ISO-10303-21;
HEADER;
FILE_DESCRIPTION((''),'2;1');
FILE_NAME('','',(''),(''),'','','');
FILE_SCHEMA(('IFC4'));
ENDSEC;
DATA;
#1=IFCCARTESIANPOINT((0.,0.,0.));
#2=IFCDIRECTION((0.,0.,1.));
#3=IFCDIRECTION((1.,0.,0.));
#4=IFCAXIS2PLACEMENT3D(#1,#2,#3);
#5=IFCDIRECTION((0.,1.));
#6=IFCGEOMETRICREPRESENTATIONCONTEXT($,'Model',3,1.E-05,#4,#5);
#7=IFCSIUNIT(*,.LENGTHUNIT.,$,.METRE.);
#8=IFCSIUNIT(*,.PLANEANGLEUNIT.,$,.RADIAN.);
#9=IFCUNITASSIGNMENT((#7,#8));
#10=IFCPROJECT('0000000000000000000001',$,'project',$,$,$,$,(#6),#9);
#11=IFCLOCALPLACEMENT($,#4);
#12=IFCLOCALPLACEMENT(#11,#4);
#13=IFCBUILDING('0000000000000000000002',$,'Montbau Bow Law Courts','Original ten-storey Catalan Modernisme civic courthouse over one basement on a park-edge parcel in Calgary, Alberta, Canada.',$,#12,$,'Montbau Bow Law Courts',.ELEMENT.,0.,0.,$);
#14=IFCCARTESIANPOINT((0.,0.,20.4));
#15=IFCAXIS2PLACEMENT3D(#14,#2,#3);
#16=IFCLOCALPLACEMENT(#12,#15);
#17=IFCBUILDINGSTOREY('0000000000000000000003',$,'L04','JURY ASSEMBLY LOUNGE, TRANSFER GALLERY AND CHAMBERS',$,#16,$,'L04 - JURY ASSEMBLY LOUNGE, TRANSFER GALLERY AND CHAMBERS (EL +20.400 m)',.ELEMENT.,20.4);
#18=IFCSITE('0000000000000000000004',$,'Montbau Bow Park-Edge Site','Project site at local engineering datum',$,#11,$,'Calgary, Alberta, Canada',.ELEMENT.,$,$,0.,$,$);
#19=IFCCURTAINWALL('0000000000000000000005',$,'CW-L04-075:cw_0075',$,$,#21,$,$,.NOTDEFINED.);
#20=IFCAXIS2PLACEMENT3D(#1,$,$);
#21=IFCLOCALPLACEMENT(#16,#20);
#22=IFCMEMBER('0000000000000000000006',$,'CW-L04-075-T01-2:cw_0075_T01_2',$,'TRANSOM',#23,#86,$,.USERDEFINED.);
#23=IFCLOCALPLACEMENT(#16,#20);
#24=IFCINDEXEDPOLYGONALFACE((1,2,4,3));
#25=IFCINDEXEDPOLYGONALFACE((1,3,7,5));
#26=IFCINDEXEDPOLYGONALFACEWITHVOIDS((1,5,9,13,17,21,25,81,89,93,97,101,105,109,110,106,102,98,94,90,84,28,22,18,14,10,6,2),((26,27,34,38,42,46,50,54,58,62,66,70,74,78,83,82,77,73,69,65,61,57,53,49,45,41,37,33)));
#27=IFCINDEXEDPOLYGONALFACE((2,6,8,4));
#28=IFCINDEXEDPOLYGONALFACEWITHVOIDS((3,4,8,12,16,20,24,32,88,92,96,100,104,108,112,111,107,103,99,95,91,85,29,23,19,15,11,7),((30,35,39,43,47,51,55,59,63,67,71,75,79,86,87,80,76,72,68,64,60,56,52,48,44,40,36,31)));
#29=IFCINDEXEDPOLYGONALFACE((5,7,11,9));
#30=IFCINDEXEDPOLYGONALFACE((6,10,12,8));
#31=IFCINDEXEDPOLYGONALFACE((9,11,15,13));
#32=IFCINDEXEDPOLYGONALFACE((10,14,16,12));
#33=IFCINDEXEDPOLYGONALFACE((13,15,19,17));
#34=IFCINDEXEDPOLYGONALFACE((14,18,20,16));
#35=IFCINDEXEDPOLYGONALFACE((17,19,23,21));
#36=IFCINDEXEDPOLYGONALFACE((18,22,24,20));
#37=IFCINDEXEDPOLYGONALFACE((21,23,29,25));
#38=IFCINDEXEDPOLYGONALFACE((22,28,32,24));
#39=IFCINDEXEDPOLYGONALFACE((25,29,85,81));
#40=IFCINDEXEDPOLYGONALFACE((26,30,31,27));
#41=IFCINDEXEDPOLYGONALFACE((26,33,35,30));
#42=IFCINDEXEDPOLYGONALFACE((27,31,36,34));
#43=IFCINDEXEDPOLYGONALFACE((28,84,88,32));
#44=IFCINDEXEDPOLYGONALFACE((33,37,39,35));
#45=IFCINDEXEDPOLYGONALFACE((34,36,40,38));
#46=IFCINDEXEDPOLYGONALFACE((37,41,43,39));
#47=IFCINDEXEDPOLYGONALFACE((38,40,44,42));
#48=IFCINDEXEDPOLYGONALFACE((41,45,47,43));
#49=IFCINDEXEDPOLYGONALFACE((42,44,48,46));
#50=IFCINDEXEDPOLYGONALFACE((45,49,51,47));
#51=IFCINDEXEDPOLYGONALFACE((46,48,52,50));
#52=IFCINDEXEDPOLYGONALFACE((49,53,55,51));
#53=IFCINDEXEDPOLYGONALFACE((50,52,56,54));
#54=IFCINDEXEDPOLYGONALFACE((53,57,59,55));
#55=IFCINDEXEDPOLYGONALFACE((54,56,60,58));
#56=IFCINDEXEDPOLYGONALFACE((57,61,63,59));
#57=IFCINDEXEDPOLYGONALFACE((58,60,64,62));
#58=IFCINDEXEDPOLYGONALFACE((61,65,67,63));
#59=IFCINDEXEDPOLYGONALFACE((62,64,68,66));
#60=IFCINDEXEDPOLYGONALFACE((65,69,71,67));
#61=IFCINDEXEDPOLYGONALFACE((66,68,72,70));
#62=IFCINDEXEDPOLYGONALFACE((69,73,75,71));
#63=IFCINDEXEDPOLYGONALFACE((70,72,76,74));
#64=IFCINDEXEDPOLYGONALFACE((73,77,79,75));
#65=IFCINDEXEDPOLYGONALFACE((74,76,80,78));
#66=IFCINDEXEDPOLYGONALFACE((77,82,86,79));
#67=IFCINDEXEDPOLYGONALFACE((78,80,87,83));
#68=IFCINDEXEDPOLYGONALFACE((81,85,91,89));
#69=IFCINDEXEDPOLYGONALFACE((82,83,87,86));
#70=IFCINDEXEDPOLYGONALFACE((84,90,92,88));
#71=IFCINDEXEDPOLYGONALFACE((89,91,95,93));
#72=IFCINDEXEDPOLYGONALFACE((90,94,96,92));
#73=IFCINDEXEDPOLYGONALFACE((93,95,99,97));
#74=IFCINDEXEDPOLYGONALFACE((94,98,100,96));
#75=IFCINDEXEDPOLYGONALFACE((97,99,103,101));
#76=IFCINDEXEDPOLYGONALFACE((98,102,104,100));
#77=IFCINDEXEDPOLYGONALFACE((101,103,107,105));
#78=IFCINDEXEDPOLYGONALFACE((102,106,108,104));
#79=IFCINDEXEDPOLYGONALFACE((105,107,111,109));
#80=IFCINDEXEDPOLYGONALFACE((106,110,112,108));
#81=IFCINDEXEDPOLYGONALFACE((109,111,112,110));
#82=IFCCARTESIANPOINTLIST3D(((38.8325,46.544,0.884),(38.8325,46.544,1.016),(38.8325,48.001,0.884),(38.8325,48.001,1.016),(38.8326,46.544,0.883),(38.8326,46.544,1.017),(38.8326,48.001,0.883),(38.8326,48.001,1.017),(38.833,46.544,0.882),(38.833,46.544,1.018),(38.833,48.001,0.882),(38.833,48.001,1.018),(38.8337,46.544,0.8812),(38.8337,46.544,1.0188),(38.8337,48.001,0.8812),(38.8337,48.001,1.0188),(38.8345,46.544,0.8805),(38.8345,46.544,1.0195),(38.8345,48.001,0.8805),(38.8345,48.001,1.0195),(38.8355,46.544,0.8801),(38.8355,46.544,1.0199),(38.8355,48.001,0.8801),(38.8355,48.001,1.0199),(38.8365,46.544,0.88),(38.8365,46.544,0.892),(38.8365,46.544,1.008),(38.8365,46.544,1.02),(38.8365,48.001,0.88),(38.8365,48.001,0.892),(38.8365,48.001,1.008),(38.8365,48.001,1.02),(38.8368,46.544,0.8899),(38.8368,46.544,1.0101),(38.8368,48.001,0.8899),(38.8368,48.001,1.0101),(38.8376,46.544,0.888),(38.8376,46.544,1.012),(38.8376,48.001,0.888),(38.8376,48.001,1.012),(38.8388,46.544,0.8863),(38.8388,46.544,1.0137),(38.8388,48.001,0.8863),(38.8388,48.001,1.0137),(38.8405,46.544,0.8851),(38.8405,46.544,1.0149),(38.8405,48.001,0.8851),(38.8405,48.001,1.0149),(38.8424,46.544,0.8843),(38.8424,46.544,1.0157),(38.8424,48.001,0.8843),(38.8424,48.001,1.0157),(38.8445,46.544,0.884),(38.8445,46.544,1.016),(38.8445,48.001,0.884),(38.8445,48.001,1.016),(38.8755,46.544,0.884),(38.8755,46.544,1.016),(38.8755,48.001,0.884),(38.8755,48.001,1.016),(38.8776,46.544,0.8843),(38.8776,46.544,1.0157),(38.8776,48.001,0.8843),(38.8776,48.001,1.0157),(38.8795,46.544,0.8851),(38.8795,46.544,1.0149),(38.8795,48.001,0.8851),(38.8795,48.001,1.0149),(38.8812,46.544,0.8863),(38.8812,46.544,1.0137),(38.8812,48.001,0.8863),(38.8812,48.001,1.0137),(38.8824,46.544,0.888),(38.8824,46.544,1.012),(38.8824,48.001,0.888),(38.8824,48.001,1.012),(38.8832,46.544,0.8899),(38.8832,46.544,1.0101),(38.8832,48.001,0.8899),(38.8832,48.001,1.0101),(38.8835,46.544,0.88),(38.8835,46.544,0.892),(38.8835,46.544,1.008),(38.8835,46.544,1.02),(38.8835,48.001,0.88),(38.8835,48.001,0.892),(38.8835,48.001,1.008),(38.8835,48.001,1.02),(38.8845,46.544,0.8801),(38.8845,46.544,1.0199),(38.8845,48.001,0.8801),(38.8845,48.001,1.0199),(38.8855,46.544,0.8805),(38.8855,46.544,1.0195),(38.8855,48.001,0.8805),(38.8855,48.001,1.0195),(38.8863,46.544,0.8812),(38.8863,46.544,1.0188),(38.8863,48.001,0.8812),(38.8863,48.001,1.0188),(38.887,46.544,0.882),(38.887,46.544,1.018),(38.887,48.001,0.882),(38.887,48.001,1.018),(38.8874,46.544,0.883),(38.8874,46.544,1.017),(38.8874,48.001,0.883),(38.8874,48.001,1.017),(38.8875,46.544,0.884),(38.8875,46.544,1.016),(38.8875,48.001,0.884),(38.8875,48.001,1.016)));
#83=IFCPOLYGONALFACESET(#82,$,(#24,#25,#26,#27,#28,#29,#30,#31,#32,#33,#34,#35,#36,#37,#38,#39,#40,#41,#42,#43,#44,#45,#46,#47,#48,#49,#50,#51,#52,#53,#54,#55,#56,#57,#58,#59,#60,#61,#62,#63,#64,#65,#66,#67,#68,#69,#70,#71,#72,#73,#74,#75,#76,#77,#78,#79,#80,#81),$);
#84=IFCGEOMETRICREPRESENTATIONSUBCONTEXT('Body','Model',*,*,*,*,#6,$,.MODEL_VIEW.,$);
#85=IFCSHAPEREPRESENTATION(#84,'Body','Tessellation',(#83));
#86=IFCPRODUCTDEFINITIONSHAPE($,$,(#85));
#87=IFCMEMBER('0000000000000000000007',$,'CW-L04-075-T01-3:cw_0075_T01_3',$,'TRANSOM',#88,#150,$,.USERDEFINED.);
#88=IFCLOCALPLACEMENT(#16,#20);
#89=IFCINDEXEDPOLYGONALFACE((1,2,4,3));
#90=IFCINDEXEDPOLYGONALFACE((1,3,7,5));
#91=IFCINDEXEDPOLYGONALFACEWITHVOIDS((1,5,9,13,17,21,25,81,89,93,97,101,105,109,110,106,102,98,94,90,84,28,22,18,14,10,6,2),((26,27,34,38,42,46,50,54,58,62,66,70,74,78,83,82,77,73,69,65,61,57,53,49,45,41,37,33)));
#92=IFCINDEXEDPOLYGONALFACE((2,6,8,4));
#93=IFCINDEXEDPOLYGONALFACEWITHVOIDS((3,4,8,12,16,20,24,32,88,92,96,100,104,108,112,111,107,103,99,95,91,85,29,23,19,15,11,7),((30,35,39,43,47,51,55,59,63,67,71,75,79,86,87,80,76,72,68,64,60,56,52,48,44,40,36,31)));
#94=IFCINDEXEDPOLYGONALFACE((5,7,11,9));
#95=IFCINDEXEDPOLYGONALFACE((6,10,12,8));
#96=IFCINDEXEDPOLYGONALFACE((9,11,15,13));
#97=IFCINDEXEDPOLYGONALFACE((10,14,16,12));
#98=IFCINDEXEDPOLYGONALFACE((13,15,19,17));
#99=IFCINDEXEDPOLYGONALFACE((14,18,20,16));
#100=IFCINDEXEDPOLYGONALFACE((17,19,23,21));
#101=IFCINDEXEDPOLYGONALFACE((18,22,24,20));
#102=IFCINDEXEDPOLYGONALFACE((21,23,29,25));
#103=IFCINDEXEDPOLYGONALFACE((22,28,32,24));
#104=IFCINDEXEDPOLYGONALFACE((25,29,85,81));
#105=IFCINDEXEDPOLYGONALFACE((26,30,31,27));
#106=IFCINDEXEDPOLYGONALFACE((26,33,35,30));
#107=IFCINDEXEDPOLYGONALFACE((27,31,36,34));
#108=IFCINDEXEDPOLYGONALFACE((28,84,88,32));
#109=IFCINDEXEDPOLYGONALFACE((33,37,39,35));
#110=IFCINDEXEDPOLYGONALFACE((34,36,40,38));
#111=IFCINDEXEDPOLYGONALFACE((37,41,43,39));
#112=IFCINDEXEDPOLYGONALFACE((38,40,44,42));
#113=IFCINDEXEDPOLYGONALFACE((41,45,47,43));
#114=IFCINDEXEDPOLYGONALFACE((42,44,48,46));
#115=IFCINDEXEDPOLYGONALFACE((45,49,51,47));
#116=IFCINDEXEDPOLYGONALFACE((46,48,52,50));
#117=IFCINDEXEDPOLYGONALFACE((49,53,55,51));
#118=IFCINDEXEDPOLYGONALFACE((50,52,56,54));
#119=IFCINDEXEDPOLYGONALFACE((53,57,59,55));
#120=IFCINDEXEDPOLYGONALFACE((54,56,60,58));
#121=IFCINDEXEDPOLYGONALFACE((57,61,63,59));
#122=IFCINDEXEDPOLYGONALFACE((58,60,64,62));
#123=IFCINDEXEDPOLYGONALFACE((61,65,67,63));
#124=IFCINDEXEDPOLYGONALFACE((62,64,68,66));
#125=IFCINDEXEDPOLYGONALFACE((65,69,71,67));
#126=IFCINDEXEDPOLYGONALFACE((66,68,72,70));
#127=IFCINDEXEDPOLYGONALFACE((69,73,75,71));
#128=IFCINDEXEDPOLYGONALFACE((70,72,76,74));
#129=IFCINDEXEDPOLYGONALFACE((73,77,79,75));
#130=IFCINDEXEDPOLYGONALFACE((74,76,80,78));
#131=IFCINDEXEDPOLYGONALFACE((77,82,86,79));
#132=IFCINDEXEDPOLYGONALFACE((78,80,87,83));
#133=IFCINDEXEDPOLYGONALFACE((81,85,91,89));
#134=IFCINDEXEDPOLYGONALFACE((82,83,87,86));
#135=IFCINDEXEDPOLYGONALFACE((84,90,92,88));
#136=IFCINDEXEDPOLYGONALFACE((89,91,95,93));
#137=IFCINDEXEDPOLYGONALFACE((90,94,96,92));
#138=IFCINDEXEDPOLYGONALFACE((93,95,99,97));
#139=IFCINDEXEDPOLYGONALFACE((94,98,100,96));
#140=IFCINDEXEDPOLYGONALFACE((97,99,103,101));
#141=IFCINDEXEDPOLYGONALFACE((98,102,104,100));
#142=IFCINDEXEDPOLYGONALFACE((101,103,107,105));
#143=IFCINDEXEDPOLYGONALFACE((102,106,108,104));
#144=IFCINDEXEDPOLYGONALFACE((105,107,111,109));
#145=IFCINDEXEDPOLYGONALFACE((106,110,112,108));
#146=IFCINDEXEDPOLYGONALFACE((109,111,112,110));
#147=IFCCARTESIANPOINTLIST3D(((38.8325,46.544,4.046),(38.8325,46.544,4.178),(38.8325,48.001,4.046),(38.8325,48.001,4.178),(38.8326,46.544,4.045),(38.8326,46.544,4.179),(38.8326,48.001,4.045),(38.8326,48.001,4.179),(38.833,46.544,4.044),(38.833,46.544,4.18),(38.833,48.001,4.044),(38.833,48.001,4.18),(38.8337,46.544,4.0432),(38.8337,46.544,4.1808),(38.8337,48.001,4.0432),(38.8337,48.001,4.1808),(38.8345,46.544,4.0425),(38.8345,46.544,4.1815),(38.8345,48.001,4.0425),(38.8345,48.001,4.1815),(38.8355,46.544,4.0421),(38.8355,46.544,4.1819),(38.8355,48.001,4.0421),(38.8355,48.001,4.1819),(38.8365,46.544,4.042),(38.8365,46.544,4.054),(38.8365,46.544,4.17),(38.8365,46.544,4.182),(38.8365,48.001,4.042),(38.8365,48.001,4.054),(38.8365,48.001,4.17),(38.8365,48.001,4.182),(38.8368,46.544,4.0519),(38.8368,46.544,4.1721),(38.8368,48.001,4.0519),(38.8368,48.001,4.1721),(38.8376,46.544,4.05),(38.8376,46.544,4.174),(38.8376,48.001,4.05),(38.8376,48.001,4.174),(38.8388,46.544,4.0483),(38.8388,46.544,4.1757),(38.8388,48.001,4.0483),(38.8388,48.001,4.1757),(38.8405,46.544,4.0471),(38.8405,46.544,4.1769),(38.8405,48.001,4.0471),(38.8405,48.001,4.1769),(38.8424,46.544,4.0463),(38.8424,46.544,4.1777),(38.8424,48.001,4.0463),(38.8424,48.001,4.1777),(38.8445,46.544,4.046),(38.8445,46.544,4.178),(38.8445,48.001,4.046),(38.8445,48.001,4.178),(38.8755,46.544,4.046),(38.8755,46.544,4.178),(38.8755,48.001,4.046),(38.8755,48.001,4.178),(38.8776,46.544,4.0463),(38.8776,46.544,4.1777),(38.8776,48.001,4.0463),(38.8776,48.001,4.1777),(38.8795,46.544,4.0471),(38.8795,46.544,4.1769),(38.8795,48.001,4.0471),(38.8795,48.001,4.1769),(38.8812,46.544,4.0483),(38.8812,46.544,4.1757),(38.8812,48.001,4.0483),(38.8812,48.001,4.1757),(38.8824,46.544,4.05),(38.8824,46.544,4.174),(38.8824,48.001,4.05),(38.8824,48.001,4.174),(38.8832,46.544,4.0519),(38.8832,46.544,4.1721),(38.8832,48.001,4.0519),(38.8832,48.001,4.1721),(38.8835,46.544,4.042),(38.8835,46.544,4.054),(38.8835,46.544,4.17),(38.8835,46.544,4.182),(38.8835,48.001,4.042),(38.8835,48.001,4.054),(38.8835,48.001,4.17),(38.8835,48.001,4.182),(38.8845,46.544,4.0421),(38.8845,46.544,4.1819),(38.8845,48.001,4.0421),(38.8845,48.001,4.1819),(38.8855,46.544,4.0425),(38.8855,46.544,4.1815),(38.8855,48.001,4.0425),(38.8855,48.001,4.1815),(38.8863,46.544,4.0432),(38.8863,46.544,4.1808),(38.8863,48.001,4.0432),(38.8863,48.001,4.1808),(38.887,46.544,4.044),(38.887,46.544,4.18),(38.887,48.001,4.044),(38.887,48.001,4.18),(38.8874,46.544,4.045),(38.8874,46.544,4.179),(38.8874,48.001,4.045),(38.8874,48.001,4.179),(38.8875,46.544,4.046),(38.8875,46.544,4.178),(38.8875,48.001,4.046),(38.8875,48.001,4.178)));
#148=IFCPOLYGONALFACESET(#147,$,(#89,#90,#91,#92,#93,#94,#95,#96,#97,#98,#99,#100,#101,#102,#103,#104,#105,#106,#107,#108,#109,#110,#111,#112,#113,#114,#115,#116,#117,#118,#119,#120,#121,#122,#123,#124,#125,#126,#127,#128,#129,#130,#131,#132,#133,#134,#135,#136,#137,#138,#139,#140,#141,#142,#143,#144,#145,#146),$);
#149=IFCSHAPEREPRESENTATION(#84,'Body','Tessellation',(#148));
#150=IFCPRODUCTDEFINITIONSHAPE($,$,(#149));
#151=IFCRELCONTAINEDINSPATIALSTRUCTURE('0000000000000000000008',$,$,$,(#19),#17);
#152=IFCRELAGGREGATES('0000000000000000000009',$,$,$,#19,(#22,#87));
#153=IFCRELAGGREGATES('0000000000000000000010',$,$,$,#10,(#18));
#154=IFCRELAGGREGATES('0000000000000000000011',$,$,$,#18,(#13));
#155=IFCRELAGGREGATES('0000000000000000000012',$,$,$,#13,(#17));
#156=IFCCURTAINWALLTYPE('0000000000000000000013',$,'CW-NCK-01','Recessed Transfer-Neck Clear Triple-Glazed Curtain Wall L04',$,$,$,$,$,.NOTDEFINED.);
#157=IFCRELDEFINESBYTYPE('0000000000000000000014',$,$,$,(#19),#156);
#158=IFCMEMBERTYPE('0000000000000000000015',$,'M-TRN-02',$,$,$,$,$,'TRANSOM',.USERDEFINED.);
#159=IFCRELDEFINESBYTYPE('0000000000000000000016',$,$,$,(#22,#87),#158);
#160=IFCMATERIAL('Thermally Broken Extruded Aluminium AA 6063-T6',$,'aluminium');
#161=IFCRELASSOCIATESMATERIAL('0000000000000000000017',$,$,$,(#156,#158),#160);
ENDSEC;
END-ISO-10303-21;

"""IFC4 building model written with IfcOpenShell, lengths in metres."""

from ifc_helpers import new_model, si_unit, direction, frame, origin_with_axes, origin_2d_with_axis, place, context, subcontext, project, spatial, hollow_rectangle, extrude, material, material_profile, profile_set, type_object, element, aggregate, save


model = new_model("IFC4")

# Units and contexts
model_context = context("Model", 3, precision=1e-05, world=origin_with_axes(), true_north=direction((0.0, 1.0)))
body_context = subcontext(model_context, "Body", "Model", "MODEL_VIEW")
ifc_project = project(units=[si_unit("LENGTHUNIT", "METRE"), si_unit("PLANEANGLEUNIT", "RADIAN")], contexts=[model_context])

# Site, building, storey
site_placement = place(None, origin_with_axes())
site = spatial("IfcSite", under=ifc_project, at=site_placement, Name="Montbau Bow Park-Edge Site", Description="Project site at local engineering datum", LongName="Calgary, Alberta, Canada", CompositionType="ELEMENT", RefElevation=0.0)
building_placement = place(site_placement, origin_with_axes())
building = spatial("IfcBuilding", under=site, at=building_placement, Name="Montbau Bow Law Courts", Description="Original ten-storey Catalan Modernisme civic courthouse over one basement on a park-edge parcel in Calgary, Alberta, Canada.", LongName="Montbau Bow Law Courts", CompositionType="ELEMENT", ElevationOfRefHeight=0.0, ElevationOfTerrain=0.0)
storey_placement = place(building_placement, frame((0.0, 0.0, 20.4), z_axis=(0.0, 0.0, 1.0), x_axis=(1.0, 0.0, 0.0)))
storey = spatial("IfcBuildingStorey", under=building, at=storey_placement, Name="L04", Description="JURY ASSEMBLY LOUNGE, TRANSFER GALLERY AND CHAMBERS", LongName="L04 - JURY ASSEMBLY LOUNGE, TRANSFER GALLERY AND CHAMBERS (EL +20.400 m)", CompositionType="ELEMENT", Elevation=20.4)

# Curtain wall
ifc_material_1 = material(Name="Thermally Broken Extruded Aluminium AA 6063-T6", Category="aluminium")
curtain_wall_type = type_object("IfcCurtainWallType", Name="CW-NCK-01", Description="Recessed Transfer-Neck Clear Triple-Glazed Curtain Wall L04", PredefinedType="NOTDEFINED", material=ifc_material_1)
curtain_wall_1_placement = place(None, frame((38.86, 46.468, 20.4), z_axis=(0.0, 0.0, 1.0), x_axis=(1.0, 0.0, 0.0)))
curtain_wall_1 = element("IfcCurtainWall", 1, at=curtain_wall_1_placement, inside=storey, type_object=curtain_wall_type, Name="CW-L04-075:cw_0075", PredefinedType="NOTDEFINED")

# Members
ifc_material_profile_1 = material_profile(ifc_material_1, hollow_rectangle(XDim=0.055, YDim=0.14, WallThickness=0.004, InnerFilletRadius=0.008, OuterFilletRadius=0.004, at=origin_2d_with_axis()), Name="CWT-140X55", Category="Main", Priority=0)
ifc_profile_set_1 = profile_set([ifc_material_profile_1], Name="Thermally Broken Extruded Aluminium AA 6063-T6")
member_type_1 = type_object("IfcMemberType", Name="M-TRN-02", ElementType="TRANSOM", PredefinedType="USERDEFINED", material=ifc_profile_set_1)
member_1_placement = place(None, frame((38.86, 46.544, 21.35), z_axis=(0.0, 1.0, 0.0), x_axis=(-1.0, 0.0, 0.0)))
member_1 = element("IfcMember", 2, at=member_1_placement, type_object=member_type_1, Name="CW-L04-075-T01-2:cw_0075_T01_2", ObjectType="TRANSOM", PredefinedType="USERDEFINED", context=body_context, shape_type="SweptSolid", body=[
    extrude(hollow_rectangle(XDim=0.055, YDim=0.14, WallThickness=0.004, InnerFilletRadius=0.008, OuterFilletRadius=0.004, at=origin_2d_with_axis()), origin_with_axes(), (0.0, 0.0, 1.0), 1.457),
])
member_2_placement = place(None, frame((38.86, 46.544, 24.512), z_axis=(0.0, 1.0, 0.0), x_axis=(-1.0, 0.0, 0.0)))
member_2 = element("IfcMember", 3, at=member_2_placement, type_object=member_type_1, Name="CW-L04-075-T01-3:cw_0075_T01_3", ObjectType="TRANSOM", PredefinedType="USERDEFINED", context=body_context, shape_type="SweptSolid", body=[
    extrude(hollow_rectangle(XDim=0.055, YDim=0.14, WallThickness=0.004, InnerFilletRadius=0.008, OuterFilletRadius=0.004, at=origin_2d_with_axis()), origin_with_axes(), (0.0, 0.0, 1.0), 1.457),
])

aggregate(curtain_wall_1, [member_1, member_2])

save(model, "model.ifc")
